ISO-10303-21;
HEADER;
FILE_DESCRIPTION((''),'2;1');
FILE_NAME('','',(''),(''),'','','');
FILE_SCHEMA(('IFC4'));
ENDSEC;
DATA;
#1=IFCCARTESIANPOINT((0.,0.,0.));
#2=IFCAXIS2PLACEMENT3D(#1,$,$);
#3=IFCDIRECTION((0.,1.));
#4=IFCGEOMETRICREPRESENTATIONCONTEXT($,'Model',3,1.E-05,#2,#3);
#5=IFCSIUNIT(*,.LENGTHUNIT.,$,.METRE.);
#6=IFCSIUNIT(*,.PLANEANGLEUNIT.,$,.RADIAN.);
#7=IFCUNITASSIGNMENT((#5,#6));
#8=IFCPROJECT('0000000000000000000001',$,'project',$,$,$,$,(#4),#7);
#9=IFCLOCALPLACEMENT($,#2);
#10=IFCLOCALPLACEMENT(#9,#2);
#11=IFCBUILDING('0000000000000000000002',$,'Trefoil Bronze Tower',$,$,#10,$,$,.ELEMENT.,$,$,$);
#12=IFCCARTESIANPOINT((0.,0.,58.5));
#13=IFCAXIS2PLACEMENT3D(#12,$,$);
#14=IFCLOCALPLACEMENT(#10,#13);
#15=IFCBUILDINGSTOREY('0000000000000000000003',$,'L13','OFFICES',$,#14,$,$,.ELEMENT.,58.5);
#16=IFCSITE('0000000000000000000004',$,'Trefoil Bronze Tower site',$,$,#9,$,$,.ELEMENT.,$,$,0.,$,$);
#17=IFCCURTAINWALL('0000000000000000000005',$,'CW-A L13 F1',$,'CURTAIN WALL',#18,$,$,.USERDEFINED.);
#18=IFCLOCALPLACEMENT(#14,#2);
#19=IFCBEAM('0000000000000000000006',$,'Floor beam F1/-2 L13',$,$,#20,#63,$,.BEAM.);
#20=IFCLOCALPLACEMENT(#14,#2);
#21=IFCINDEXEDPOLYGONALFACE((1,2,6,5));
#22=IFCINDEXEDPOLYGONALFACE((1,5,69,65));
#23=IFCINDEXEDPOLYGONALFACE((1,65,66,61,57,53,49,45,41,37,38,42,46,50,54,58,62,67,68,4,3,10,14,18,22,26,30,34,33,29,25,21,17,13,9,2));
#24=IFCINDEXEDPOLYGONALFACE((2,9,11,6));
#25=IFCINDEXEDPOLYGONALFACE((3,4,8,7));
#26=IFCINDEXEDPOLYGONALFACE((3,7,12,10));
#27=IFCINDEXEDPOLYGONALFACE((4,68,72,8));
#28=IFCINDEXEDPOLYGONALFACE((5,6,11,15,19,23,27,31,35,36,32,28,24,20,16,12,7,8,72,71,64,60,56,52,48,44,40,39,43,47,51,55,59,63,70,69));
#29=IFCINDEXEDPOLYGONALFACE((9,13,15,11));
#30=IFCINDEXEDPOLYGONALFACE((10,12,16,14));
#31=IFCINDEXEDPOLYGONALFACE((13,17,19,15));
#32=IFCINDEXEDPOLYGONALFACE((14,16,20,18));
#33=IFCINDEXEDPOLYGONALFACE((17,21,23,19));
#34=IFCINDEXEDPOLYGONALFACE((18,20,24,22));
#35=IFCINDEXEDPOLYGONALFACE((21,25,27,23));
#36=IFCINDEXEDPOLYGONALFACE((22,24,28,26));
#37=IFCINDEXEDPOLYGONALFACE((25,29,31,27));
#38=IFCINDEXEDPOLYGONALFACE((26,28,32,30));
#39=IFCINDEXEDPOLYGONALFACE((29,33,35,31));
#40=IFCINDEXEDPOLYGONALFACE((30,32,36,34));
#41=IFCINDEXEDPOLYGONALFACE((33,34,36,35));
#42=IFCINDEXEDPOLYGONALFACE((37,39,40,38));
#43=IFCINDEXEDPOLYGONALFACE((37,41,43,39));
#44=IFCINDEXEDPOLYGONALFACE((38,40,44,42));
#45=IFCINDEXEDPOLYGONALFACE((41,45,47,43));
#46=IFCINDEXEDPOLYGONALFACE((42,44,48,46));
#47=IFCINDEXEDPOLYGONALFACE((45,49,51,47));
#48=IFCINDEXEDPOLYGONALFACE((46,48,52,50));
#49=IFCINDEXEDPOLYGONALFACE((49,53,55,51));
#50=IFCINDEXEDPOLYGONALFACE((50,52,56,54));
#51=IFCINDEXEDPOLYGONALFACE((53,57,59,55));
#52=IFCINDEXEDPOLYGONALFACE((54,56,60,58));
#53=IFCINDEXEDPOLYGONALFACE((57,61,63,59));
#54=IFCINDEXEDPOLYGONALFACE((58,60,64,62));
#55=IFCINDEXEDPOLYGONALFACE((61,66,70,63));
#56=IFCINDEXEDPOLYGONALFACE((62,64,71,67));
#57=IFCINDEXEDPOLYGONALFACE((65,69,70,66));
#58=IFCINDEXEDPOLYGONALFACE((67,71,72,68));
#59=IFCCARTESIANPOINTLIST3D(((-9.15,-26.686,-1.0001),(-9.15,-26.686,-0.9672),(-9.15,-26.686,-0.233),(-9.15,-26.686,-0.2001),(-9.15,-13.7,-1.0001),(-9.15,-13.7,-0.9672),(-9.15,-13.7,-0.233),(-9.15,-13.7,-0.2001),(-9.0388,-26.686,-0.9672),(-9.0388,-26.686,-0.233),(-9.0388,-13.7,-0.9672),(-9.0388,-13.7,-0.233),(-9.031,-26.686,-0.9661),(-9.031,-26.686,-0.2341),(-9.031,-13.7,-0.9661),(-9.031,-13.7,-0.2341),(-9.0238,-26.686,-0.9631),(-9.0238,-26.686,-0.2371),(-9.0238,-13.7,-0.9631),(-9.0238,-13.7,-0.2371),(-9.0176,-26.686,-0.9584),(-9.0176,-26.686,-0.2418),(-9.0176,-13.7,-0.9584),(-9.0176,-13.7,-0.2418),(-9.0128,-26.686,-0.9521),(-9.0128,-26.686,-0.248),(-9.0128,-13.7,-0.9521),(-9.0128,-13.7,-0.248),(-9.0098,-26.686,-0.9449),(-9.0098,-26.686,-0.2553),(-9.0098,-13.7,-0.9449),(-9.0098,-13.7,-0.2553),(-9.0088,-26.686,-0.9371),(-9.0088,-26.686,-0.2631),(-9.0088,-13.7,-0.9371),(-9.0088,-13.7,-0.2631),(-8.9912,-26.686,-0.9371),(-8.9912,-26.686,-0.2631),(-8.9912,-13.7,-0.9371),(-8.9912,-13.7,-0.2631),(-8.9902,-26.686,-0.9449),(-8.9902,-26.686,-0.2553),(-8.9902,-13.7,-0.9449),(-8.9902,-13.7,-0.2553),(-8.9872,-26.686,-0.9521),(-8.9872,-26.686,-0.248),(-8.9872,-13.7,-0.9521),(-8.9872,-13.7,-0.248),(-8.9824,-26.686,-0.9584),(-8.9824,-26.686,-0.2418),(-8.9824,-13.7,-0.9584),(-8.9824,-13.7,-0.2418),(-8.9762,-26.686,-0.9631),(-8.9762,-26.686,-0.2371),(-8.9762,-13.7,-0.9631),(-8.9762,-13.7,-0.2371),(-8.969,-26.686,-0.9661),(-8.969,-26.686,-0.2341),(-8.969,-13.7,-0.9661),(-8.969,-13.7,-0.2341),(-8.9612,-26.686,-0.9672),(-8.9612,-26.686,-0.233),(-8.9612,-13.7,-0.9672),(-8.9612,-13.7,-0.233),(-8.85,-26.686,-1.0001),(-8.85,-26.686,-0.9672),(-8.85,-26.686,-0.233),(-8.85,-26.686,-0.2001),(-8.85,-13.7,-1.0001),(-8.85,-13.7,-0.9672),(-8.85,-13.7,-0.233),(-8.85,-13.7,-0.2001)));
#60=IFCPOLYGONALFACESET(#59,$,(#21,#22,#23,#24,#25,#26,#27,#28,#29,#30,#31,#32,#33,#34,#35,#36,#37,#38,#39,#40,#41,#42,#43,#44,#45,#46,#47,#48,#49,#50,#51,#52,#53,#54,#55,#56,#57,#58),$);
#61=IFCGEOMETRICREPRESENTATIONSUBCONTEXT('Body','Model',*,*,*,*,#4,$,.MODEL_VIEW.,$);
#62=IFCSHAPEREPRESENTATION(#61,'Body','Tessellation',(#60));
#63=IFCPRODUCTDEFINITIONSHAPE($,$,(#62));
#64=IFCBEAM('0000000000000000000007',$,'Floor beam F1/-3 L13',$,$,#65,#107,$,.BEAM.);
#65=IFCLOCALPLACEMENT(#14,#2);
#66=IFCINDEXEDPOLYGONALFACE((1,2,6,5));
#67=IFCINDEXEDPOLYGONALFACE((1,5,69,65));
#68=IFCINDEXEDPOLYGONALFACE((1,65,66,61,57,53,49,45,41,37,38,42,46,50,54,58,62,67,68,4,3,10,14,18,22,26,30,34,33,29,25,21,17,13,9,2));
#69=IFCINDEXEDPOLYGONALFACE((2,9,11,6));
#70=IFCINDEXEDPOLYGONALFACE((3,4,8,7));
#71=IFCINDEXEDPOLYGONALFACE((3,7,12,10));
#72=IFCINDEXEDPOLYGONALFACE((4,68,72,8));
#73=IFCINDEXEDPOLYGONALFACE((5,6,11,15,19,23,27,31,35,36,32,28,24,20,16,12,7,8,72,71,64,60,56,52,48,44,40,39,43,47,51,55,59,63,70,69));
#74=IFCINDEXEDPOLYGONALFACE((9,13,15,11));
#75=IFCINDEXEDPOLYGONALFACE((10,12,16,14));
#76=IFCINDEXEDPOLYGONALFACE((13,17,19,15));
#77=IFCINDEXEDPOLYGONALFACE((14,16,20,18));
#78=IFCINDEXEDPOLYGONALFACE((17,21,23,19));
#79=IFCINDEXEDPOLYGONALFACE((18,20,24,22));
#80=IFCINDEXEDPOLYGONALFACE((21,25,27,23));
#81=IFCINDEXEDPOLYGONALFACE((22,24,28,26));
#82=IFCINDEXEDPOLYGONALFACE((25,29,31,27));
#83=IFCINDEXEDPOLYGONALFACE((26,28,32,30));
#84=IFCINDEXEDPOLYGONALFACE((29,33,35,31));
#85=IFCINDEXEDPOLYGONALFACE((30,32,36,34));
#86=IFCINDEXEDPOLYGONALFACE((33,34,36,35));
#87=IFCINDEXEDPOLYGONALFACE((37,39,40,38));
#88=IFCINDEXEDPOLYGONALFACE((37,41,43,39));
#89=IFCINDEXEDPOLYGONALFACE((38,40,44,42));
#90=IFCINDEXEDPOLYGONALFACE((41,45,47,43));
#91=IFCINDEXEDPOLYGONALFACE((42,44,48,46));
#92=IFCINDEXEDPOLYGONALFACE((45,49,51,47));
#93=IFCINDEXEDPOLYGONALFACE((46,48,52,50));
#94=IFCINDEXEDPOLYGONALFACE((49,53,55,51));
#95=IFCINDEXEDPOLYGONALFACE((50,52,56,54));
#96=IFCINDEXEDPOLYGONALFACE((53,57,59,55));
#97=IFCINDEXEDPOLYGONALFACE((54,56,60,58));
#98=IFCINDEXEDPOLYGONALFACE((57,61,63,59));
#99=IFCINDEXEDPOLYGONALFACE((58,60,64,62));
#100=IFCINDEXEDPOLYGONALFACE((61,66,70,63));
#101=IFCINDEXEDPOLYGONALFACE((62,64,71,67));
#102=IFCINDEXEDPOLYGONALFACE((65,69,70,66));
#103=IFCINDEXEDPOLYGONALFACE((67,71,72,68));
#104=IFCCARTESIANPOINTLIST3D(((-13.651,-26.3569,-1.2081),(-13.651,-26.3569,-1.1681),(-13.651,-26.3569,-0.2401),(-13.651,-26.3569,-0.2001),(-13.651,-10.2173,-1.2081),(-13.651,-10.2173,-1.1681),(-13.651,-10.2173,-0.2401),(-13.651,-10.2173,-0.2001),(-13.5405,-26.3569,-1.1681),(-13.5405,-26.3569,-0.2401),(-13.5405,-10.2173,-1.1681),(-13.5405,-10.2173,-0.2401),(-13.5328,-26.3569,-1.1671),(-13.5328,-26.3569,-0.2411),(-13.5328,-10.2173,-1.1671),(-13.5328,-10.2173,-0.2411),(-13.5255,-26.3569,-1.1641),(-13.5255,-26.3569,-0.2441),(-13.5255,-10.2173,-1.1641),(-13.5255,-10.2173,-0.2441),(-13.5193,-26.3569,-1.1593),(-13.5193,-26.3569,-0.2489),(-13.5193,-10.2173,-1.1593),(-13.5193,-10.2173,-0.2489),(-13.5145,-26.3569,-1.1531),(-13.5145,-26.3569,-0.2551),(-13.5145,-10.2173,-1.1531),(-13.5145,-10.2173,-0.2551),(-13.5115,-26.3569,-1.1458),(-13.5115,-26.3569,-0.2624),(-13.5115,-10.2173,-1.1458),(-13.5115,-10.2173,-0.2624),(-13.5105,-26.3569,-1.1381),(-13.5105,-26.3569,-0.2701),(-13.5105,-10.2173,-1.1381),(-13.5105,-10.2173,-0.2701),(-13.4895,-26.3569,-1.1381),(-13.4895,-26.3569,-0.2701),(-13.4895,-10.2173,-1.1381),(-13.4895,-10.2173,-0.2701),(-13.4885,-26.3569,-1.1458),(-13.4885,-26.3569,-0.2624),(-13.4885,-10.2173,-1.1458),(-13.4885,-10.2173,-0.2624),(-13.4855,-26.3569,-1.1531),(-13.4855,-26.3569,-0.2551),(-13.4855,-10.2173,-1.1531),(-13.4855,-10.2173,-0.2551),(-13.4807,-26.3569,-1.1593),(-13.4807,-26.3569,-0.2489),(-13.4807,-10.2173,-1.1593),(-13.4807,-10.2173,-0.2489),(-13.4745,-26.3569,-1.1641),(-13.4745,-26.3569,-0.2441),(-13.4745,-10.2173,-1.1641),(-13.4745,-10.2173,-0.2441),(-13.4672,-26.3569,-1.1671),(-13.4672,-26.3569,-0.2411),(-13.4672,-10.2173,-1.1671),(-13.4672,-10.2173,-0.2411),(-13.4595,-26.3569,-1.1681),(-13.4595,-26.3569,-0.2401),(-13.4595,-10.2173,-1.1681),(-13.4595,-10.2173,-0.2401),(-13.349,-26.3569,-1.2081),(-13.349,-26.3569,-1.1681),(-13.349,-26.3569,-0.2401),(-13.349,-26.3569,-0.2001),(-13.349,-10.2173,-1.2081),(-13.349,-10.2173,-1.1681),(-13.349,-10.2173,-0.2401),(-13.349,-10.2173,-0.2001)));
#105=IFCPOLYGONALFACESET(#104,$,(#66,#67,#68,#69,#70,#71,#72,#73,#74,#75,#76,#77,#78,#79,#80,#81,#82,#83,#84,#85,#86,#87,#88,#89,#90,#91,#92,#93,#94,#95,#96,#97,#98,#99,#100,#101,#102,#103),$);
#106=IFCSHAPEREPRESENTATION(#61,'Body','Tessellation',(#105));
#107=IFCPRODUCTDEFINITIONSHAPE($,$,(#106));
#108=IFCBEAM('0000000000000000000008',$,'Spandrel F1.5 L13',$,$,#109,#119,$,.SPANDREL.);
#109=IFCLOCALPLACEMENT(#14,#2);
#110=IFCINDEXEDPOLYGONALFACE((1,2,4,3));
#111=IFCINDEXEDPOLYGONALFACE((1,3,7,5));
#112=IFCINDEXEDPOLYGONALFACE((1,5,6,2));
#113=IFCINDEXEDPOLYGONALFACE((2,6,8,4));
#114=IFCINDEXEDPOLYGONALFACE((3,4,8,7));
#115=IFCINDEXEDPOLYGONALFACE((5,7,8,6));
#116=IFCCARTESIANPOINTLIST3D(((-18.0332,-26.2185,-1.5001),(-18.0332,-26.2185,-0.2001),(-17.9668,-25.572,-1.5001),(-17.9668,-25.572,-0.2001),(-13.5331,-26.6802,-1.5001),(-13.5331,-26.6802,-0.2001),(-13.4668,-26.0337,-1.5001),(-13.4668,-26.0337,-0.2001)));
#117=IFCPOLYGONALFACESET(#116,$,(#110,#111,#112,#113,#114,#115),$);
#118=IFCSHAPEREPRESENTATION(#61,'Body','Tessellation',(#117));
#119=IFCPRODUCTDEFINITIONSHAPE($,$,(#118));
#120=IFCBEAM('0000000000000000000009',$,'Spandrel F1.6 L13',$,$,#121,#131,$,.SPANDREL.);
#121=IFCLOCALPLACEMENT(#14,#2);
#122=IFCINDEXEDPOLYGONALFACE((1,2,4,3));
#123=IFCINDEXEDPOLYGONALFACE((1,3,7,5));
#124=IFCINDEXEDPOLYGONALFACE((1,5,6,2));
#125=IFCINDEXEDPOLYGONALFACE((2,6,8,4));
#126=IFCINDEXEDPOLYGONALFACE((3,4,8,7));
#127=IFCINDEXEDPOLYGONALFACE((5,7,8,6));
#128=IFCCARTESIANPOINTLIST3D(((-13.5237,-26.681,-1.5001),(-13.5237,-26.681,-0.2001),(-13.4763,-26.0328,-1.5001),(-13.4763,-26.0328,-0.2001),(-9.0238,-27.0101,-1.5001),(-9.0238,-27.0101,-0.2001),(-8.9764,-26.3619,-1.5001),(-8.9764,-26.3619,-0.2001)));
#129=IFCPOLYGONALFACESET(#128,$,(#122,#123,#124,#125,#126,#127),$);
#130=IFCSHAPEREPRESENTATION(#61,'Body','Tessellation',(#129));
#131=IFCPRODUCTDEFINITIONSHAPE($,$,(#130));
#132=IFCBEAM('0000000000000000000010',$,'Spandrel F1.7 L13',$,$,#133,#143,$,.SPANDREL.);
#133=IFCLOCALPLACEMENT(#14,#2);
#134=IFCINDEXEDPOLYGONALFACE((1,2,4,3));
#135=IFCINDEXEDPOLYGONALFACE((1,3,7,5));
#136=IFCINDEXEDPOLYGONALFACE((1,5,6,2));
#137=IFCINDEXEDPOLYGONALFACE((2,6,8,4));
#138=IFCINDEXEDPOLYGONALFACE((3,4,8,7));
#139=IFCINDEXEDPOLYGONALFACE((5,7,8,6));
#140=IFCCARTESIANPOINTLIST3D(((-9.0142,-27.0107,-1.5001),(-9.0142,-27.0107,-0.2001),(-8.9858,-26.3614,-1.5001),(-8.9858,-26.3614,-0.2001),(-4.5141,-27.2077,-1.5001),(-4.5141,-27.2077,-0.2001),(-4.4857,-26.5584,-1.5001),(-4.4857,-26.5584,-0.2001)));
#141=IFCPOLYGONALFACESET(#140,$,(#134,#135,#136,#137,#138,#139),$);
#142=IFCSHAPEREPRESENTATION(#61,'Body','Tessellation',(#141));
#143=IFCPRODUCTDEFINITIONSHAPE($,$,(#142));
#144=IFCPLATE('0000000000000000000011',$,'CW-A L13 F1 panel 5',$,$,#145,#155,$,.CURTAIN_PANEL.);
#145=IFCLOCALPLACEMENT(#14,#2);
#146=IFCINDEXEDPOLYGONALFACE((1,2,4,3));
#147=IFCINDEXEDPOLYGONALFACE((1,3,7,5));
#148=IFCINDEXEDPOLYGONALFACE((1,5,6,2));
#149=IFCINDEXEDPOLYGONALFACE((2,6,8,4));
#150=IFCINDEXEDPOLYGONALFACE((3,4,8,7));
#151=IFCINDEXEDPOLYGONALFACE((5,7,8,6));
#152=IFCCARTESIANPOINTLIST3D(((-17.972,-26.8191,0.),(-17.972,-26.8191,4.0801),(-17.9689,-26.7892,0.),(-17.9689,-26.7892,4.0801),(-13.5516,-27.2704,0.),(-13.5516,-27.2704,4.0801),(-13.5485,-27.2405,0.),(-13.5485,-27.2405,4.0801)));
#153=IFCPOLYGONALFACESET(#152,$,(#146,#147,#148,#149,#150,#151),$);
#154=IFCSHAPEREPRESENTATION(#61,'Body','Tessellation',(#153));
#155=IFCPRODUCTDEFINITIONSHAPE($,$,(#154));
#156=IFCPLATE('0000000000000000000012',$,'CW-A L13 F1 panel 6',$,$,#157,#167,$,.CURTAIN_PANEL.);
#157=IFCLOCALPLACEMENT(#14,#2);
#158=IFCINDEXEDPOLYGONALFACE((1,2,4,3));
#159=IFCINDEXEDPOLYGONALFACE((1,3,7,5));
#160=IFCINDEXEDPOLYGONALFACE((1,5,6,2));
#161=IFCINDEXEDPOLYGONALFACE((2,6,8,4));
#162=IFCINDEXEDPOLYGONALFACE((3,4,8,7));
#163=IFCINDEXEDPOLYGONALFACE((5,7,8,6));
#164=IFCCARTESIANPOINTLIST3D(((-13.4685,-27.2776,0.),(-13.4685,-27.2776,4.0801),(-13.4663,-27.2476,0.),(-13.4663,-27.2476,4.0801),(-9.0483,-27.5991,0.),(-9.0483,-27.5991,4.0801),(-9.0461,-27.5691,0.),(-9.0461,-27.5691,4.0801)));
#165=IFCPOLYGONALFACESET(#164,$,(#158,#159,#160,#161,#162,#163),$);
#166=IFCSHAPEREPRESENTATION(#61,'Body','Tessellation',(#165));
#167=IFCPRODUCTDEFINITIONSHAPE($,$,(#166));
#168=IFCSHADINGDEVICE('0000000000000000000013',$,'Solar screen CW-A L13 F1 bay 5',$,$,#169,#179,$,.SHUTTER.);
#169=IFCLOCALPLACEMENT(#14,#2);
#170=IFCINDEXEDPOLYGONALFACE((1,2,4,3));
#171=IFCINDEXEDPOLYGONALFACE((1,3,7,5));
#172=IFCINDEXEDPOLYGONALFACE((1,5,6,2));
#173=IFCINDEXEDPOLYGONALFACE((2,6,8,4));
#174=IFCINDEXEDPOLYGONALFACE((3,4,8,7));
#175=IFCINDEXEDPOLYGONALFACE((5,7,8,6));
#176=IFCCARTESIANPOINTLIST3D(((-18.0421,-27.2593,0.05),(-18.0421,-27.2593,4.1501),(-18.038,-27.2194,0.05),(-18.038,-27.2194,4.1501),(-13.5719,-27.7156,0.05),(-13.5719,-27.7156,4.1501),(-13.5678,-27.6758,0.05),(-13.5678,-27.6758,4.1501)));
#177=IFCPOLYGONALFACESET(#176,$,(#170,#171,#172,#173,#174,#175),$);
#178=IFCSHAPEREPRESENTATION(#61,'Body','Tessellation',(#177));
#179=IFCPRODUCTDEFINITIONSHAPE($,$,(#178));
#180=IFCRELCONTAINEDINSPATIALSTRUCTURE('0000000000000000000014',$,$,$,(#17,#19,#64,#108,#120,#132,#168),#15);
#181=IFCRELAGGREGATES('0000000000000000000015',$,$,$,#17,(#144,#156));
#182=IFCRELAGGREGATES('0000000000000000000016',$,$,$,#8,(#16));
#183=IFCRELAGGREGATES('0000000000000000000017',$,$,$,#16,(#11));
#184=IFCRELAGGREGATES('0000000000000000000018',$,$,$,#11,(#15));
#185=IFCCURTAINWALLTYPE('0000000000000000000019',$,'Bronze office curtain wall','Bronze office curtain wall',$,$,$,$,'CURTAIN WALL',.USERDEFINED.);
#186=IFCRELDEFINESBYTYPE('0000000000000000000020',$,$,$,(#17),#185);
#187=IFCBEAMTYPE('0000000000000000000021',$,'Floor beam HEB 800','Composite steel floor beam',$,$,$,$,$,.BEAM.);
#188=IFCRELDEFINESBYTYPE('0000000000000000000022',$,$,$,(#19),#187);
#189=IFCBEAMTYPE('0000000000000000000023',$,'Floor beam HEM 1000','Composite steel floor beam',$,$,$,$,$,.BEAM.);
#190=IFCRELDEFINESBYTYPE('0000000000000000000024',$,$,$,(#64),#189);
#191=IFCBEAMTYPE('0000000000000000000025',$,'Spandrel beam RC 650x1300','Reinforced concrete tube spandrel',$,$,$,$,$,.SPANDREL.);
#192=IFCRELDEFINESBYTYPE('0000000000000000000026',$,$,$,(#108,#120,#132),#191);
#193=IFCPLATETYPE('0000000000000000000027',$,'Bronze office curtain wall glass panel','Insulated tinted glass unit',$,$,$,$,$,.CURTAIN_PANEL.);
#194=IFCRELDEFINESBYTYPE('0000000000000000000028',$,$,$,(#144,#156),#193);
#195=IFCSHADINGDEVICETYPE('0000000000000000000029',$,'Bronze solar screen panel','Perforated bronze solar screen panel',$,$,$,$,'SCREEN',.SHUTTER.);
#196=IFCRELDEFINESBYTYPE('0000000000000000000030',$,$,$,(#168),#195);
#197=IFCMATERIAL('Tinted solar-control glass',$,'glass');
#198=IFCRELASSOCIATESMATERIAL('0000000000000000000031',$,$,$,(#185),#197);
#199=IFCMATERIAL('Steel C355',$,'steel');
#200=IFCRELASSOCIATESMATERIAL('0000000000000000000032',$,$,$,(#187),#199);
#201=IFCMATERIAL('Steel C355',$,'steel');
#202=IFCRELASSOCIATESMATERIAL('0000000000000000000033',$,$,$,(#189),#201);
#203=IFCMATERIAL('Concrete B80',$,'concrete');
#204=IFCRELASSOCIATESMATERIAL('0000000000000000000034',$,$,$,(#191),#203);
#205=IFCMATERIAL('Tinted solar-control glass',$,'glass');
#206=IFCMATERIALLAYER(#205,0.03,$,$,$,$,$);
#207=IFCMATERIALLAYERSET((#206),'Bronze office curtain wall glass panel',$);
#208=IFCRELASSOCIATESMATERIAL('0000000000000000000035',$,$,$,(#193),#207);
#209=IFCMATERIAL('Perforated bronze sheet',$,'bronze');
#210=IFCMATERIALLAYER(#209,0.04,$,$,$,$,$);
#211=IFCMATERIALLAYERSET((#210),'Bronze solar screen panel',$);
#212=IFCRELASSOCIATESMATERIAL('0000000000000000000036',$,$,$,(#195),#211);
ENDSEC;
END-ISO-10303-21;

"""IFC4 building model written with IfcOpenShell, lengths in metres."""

from ifc_helpers import new_model, si_unit, direction, frame, origin, origin_2d, place, context, subcontext, project, spatial, rectangle, i_section, extrude, material, layer, layer_set, material_profile, profile_set, type_object, element, aggregate, save


model = new_model("IFC4")

# Units and contexts
model_context = context("Model", 3, precision=1e-05, world=origin(), true_north=direction((0.0, 1.0)))
body_context = subcontext(model_context, "Body", "Model", "MODEL_VIEW")
ifc_project = project(units=[si_unit("LENGTHUNIT", "METRE"), si_unit("PLANEANGLEUNIT", "RADIAN")], contexts=[model_context])

# Site, building, storey
site_placement = place(None, origin())
site = spatial("IfcSite", under=ifc_project, at=site_placement, Name="Trefoil Bronze Tower site", CompositionType="ELEMENT", RefElevation=0.0)
building_placement = place(site_placement, origin())
building = spatial("IfcBuilding", under=site, at=building_placement, Name="Trefoil Bronze Tower", CompositionType="ELEMENT")
storey_placement = place(building_placement, frame((0.0, 0.0, 58.5)))
storey = spatial("IfcBuildingStorey", under=building, at=storey_placement, Name="L13", Description="OFFICES", CompositionType="ELEMENT", Elevation=58.5)

# Curtain wall
ifc_material_1 = material(Name="Tinted solar-control glass", Category="glass")
curtain_wall_type = type_object("IfcCurtainWallType", Name="Bronze office curtain wall", Description="Bronze office curtain wall", ElementType="CURTAIN WALL", PredefinedType="USERDEFINED", material=ifc_material_1)
curtain_wall_placement = place(storey_placement, origin())
curtain_wall = element("IfcCurtainWall", 1, at=curtain_wall_placement, inside=storey, type_object=curtain_wall_type, Name="CW-A L13 F1", ObjectType="CURTAIN WALL", PredefinedType="USERDEFINED")

# Beams
ifc_material_2 = material(Name="Steel C355", Category="steel")
ifc_material_profile_1 = material_profile(ifc_material_2, i_section(OverallWidth=0.3, OverallDepth=0.8, WebThickness=0.0176, FlangeThickness=0.033, FilletRadius=0.03, at=origin_2d()), Name="HEB 800")
ifc_profile_set_1 = profile_set([ifc_material_profile_1], Name="Steel C355")
beam_type_1 = type_object("IfcBeamType", Name="Floor beam HEB 800", Description="Composite steel floor beam", PredefinedType="BEAM", material=ifc_profile_set_1)
beam_1_placement = place(storey_placement, frame((-9.0, -26.686, -0.6001), z_axis=(0.0, 1.0, 0.0), x_axis=(-1.0, 0.0, 0.0)))
element("IfcBeam", 2, at=beam_1_placement, inside=storey, type_object=beam_type_1, Name="Floor beam F1/-2 L13", PredefinedType="BEAM", context=body_context, shape_type="SweptSolid", body=[
    extrude(i_section(OverallWidth=0.3, OverallDepth=0.8, WebThickness=0.0176, FlangeThickness=0.033, FilletRadius=0.03, at=origin_2d()), origin(), (0.0, 0.0, 1.0), 12.9861),
])
ifc_material_3 = material(Name="Steel C355", Category="steel")
ifc_material_profile_2 = material_profile(ifc_material_3, i_section(OverallWidth=0.302, OverallDepth=1.0081, WebThickness=0.021, FlangeThickness=0.04, FilletRadius=0.03, at=origin_2d()), Name="HEM 1000")
ifc_profile_set_2 = profile_set([ifc_material_profile_2], Name="Steel C355")
beam_type_2 = type_object("IfcBeamType", Name="Floor beam HEM 1000", Description="Composite steel floor beam", PredefinedType="BEAM", material=ifc_profile_set_2)
beam_2_placement = place(storey_placement, frame((-13.5, -26.3569, -0.7041), z_axis=(0.0, 1.0, 0.0), x_axis=(-1.0, 0.0, 0.0)))
element("IfcBeam", 3, at=beam_2_placement, inside=storey, type_object=beam_type_2, Name="Floor beam F1/-3 L13", PredefinedType="BEAM", context=body_context, shape_type="SweptSolid", body=[
    extrude(i_section(OverallWidth=0.302, OverallDepth=1.0081, WebThickness=0.021, FlangeThickness=0.04, FilletRadius=0.03, at=origin_2d()), origin(), (0.0, 0.0, 1.0), 16.1396),
])
ifc_material_4 = material(Name="Concrete B80", Category="concrete")
ifc_material_profile_3 = material_profile(ifc_material_4, rectangle(XDim=0.6499, YDim=1.3, at=origin_2d()), Name="RC 650x1300")
ifc_profile_set_3 = profile_set([ifc_material_profile_3], Name="Concrete B80")
beam_type_3 = type_object("IfcBeamType", Name="Spandrel beam RC 650x1300", Description="Reinforced concrete tube spandrel", PredefinedType="SPANDREL", material=ifc_profile_set_3)
beam_3_placement = place(storey_placement, frame((-18.0, -25.8953, -0.8501), z_axis=(0.994778, -0.102058, 0.0), x_axis=(0.102058, 0.994778, 0.0)))
element("IfcBeam", 4, at=beam_3_placement, inside=storey, type_object=beam_type_3, Name="Spandrel F1.5 L13", PredefinedType="SPANDREL", context=body_context, shape_type="SweptSolid", body=[
    extrude(rectangle(XDim=0.6499, YDim=1.3, at=origin_2d()), origin(), (0.0, 0.0, 1.0), 4.5237),
])
beam_4_placement = place(storey_placement, frame((-13.5, -26.3569, -0.8501), z_axis=(0.997336, -0.072939, 0.0), x_axis=(0.072939, 0.997336, 0.0)))
element("IfcBeam", 5, at=beam_4_placement, inside=storey, type_object=beam_type_3, Name="Spandrel F1.6 L13", PredefinedType="SPANDREL", context=body_context, shape_type="SweptSolid", body=[
    extrude(rectangle(XDim=0.6499, YDim=1.3, at=origin_2d()), origin(), (0.0, 0.0, 1.0), 4.512),
])
beam_5_placement = place(storey_placement, frame((-9.0, -26.686, -0.8501), z_axis=(0.999043, -0.043741, 0.0), x_axis=(0.043741, 0.999043, 0.0)))
element("IfcBeam", 6, at=beam_5_placement, inside=storey, type_object=beam_type_3, Name="Spandrel F1.7 L13", PredefinedType="SPANDREL", context=body_context, shape_type="SweptSolid", body=[
    extrude(rectangle(XDim=0.6499, YDim=1.3, at=origin_2d()), origin(), (0.0, 0.0, 1.0), 4.5044),
])

# Plates
ifc_material_5 = material(Name="Tinted solar-control glass", Category="glass")
ifc_layer_1 = layer(ifc_material_5, 0.03)
ifc_layer_set_1 = layer_set([ifc_layer_1], Name="Bronze office curtain wall glass panel")
plate_type = type_object("IfcPlateType", Name="Bronze office curtain wall glass panel", Description="Insulated tinted glass unit", PredefinedType="CURTAIN_PANEL", material=ifc_layer_set_1)
plate_1_placement = place(storey_placement, frame((-15.7603, -27.0298, 0.0), z_axis=(0.0, 0.0, 1.0), x_axis=(0.994829, -0.101565, 0.0)))
plate_1 = element("IfcPlate", 7, at=plate_1_placement, type_object=plate_type, Name="CW-A L13 F1 panel 5", PredefinedType="CURTAIN_PANEL", context=body_context, shape_type="SweptSolid", body=[
    extrude(rectangle(XDim=4.4434, YDim=0.03, at=origin_2d()), origin(), (0.0, 0.0, 1.0), 4.0801),
])
plate_2_placement = place(storey_placement, frame((-11.2573, -27.4233, 0.0), z_axis=(0.0, 0.0, 1.0), x_axis=(0.997365, -0.072547, 0.0)))
plate_2 = element("IfcPlate", 8, at=plate_2_placement, type_object=plate_type, Name="CW-A L13 F1 panel 6", PredefinedType="CURTAIN_PANEL", context=body_context, shape_type="SweptSolid", body=[
    extrude(rectangle(XDim=4.4319, YDim=0.03, at=origin_2d()), origin(), (0.0, 0.0, 1.0), 4.0801),
])
aggregate(curtain_wall, [plate_1, plate_2])

# Shading device
ifc_material_6 = material(Name="Perforated bronze sheet", Category="bronze")
ifc_layer_2 = layer(ifc_material_6, 0.04)
ifc_layer_set_2 = layer_set([ifc_layer_2], Name="Bronze solar screen panel")
shading_device_type = type_object("IfcShadingDeviceType", Name="Bronze solar screen panel", Description="Perforated bronze solar screen panel", ElementType="SCREEN", PredefinedType="SHUTTER", material=ifc_layer_set_2)
shading_device_1_placement = place(storey_placement, frame((-15.8049, -27.4675, 0.05), z_axis=(0.0, 0.0, 1.0), x_axis=(0.994829, -0.101565, 0.0)))
element("IfcShadingDevice", 9, at=shading_device_1_placement, inside=storey, type_object=shading_device_type, Name="Solar screen CW-A L13 F1 bay 5", PredefinedType="SHUTTER", context=body_context, shape_type="SweptSolid", body=[
    extrude(rectangle(XDim=4.4934, YDim=0.04, at=origin_2d()), origin(), (0.0, 0.0, 1.0), 4.1001),
])

save(model, "model.ifc")
